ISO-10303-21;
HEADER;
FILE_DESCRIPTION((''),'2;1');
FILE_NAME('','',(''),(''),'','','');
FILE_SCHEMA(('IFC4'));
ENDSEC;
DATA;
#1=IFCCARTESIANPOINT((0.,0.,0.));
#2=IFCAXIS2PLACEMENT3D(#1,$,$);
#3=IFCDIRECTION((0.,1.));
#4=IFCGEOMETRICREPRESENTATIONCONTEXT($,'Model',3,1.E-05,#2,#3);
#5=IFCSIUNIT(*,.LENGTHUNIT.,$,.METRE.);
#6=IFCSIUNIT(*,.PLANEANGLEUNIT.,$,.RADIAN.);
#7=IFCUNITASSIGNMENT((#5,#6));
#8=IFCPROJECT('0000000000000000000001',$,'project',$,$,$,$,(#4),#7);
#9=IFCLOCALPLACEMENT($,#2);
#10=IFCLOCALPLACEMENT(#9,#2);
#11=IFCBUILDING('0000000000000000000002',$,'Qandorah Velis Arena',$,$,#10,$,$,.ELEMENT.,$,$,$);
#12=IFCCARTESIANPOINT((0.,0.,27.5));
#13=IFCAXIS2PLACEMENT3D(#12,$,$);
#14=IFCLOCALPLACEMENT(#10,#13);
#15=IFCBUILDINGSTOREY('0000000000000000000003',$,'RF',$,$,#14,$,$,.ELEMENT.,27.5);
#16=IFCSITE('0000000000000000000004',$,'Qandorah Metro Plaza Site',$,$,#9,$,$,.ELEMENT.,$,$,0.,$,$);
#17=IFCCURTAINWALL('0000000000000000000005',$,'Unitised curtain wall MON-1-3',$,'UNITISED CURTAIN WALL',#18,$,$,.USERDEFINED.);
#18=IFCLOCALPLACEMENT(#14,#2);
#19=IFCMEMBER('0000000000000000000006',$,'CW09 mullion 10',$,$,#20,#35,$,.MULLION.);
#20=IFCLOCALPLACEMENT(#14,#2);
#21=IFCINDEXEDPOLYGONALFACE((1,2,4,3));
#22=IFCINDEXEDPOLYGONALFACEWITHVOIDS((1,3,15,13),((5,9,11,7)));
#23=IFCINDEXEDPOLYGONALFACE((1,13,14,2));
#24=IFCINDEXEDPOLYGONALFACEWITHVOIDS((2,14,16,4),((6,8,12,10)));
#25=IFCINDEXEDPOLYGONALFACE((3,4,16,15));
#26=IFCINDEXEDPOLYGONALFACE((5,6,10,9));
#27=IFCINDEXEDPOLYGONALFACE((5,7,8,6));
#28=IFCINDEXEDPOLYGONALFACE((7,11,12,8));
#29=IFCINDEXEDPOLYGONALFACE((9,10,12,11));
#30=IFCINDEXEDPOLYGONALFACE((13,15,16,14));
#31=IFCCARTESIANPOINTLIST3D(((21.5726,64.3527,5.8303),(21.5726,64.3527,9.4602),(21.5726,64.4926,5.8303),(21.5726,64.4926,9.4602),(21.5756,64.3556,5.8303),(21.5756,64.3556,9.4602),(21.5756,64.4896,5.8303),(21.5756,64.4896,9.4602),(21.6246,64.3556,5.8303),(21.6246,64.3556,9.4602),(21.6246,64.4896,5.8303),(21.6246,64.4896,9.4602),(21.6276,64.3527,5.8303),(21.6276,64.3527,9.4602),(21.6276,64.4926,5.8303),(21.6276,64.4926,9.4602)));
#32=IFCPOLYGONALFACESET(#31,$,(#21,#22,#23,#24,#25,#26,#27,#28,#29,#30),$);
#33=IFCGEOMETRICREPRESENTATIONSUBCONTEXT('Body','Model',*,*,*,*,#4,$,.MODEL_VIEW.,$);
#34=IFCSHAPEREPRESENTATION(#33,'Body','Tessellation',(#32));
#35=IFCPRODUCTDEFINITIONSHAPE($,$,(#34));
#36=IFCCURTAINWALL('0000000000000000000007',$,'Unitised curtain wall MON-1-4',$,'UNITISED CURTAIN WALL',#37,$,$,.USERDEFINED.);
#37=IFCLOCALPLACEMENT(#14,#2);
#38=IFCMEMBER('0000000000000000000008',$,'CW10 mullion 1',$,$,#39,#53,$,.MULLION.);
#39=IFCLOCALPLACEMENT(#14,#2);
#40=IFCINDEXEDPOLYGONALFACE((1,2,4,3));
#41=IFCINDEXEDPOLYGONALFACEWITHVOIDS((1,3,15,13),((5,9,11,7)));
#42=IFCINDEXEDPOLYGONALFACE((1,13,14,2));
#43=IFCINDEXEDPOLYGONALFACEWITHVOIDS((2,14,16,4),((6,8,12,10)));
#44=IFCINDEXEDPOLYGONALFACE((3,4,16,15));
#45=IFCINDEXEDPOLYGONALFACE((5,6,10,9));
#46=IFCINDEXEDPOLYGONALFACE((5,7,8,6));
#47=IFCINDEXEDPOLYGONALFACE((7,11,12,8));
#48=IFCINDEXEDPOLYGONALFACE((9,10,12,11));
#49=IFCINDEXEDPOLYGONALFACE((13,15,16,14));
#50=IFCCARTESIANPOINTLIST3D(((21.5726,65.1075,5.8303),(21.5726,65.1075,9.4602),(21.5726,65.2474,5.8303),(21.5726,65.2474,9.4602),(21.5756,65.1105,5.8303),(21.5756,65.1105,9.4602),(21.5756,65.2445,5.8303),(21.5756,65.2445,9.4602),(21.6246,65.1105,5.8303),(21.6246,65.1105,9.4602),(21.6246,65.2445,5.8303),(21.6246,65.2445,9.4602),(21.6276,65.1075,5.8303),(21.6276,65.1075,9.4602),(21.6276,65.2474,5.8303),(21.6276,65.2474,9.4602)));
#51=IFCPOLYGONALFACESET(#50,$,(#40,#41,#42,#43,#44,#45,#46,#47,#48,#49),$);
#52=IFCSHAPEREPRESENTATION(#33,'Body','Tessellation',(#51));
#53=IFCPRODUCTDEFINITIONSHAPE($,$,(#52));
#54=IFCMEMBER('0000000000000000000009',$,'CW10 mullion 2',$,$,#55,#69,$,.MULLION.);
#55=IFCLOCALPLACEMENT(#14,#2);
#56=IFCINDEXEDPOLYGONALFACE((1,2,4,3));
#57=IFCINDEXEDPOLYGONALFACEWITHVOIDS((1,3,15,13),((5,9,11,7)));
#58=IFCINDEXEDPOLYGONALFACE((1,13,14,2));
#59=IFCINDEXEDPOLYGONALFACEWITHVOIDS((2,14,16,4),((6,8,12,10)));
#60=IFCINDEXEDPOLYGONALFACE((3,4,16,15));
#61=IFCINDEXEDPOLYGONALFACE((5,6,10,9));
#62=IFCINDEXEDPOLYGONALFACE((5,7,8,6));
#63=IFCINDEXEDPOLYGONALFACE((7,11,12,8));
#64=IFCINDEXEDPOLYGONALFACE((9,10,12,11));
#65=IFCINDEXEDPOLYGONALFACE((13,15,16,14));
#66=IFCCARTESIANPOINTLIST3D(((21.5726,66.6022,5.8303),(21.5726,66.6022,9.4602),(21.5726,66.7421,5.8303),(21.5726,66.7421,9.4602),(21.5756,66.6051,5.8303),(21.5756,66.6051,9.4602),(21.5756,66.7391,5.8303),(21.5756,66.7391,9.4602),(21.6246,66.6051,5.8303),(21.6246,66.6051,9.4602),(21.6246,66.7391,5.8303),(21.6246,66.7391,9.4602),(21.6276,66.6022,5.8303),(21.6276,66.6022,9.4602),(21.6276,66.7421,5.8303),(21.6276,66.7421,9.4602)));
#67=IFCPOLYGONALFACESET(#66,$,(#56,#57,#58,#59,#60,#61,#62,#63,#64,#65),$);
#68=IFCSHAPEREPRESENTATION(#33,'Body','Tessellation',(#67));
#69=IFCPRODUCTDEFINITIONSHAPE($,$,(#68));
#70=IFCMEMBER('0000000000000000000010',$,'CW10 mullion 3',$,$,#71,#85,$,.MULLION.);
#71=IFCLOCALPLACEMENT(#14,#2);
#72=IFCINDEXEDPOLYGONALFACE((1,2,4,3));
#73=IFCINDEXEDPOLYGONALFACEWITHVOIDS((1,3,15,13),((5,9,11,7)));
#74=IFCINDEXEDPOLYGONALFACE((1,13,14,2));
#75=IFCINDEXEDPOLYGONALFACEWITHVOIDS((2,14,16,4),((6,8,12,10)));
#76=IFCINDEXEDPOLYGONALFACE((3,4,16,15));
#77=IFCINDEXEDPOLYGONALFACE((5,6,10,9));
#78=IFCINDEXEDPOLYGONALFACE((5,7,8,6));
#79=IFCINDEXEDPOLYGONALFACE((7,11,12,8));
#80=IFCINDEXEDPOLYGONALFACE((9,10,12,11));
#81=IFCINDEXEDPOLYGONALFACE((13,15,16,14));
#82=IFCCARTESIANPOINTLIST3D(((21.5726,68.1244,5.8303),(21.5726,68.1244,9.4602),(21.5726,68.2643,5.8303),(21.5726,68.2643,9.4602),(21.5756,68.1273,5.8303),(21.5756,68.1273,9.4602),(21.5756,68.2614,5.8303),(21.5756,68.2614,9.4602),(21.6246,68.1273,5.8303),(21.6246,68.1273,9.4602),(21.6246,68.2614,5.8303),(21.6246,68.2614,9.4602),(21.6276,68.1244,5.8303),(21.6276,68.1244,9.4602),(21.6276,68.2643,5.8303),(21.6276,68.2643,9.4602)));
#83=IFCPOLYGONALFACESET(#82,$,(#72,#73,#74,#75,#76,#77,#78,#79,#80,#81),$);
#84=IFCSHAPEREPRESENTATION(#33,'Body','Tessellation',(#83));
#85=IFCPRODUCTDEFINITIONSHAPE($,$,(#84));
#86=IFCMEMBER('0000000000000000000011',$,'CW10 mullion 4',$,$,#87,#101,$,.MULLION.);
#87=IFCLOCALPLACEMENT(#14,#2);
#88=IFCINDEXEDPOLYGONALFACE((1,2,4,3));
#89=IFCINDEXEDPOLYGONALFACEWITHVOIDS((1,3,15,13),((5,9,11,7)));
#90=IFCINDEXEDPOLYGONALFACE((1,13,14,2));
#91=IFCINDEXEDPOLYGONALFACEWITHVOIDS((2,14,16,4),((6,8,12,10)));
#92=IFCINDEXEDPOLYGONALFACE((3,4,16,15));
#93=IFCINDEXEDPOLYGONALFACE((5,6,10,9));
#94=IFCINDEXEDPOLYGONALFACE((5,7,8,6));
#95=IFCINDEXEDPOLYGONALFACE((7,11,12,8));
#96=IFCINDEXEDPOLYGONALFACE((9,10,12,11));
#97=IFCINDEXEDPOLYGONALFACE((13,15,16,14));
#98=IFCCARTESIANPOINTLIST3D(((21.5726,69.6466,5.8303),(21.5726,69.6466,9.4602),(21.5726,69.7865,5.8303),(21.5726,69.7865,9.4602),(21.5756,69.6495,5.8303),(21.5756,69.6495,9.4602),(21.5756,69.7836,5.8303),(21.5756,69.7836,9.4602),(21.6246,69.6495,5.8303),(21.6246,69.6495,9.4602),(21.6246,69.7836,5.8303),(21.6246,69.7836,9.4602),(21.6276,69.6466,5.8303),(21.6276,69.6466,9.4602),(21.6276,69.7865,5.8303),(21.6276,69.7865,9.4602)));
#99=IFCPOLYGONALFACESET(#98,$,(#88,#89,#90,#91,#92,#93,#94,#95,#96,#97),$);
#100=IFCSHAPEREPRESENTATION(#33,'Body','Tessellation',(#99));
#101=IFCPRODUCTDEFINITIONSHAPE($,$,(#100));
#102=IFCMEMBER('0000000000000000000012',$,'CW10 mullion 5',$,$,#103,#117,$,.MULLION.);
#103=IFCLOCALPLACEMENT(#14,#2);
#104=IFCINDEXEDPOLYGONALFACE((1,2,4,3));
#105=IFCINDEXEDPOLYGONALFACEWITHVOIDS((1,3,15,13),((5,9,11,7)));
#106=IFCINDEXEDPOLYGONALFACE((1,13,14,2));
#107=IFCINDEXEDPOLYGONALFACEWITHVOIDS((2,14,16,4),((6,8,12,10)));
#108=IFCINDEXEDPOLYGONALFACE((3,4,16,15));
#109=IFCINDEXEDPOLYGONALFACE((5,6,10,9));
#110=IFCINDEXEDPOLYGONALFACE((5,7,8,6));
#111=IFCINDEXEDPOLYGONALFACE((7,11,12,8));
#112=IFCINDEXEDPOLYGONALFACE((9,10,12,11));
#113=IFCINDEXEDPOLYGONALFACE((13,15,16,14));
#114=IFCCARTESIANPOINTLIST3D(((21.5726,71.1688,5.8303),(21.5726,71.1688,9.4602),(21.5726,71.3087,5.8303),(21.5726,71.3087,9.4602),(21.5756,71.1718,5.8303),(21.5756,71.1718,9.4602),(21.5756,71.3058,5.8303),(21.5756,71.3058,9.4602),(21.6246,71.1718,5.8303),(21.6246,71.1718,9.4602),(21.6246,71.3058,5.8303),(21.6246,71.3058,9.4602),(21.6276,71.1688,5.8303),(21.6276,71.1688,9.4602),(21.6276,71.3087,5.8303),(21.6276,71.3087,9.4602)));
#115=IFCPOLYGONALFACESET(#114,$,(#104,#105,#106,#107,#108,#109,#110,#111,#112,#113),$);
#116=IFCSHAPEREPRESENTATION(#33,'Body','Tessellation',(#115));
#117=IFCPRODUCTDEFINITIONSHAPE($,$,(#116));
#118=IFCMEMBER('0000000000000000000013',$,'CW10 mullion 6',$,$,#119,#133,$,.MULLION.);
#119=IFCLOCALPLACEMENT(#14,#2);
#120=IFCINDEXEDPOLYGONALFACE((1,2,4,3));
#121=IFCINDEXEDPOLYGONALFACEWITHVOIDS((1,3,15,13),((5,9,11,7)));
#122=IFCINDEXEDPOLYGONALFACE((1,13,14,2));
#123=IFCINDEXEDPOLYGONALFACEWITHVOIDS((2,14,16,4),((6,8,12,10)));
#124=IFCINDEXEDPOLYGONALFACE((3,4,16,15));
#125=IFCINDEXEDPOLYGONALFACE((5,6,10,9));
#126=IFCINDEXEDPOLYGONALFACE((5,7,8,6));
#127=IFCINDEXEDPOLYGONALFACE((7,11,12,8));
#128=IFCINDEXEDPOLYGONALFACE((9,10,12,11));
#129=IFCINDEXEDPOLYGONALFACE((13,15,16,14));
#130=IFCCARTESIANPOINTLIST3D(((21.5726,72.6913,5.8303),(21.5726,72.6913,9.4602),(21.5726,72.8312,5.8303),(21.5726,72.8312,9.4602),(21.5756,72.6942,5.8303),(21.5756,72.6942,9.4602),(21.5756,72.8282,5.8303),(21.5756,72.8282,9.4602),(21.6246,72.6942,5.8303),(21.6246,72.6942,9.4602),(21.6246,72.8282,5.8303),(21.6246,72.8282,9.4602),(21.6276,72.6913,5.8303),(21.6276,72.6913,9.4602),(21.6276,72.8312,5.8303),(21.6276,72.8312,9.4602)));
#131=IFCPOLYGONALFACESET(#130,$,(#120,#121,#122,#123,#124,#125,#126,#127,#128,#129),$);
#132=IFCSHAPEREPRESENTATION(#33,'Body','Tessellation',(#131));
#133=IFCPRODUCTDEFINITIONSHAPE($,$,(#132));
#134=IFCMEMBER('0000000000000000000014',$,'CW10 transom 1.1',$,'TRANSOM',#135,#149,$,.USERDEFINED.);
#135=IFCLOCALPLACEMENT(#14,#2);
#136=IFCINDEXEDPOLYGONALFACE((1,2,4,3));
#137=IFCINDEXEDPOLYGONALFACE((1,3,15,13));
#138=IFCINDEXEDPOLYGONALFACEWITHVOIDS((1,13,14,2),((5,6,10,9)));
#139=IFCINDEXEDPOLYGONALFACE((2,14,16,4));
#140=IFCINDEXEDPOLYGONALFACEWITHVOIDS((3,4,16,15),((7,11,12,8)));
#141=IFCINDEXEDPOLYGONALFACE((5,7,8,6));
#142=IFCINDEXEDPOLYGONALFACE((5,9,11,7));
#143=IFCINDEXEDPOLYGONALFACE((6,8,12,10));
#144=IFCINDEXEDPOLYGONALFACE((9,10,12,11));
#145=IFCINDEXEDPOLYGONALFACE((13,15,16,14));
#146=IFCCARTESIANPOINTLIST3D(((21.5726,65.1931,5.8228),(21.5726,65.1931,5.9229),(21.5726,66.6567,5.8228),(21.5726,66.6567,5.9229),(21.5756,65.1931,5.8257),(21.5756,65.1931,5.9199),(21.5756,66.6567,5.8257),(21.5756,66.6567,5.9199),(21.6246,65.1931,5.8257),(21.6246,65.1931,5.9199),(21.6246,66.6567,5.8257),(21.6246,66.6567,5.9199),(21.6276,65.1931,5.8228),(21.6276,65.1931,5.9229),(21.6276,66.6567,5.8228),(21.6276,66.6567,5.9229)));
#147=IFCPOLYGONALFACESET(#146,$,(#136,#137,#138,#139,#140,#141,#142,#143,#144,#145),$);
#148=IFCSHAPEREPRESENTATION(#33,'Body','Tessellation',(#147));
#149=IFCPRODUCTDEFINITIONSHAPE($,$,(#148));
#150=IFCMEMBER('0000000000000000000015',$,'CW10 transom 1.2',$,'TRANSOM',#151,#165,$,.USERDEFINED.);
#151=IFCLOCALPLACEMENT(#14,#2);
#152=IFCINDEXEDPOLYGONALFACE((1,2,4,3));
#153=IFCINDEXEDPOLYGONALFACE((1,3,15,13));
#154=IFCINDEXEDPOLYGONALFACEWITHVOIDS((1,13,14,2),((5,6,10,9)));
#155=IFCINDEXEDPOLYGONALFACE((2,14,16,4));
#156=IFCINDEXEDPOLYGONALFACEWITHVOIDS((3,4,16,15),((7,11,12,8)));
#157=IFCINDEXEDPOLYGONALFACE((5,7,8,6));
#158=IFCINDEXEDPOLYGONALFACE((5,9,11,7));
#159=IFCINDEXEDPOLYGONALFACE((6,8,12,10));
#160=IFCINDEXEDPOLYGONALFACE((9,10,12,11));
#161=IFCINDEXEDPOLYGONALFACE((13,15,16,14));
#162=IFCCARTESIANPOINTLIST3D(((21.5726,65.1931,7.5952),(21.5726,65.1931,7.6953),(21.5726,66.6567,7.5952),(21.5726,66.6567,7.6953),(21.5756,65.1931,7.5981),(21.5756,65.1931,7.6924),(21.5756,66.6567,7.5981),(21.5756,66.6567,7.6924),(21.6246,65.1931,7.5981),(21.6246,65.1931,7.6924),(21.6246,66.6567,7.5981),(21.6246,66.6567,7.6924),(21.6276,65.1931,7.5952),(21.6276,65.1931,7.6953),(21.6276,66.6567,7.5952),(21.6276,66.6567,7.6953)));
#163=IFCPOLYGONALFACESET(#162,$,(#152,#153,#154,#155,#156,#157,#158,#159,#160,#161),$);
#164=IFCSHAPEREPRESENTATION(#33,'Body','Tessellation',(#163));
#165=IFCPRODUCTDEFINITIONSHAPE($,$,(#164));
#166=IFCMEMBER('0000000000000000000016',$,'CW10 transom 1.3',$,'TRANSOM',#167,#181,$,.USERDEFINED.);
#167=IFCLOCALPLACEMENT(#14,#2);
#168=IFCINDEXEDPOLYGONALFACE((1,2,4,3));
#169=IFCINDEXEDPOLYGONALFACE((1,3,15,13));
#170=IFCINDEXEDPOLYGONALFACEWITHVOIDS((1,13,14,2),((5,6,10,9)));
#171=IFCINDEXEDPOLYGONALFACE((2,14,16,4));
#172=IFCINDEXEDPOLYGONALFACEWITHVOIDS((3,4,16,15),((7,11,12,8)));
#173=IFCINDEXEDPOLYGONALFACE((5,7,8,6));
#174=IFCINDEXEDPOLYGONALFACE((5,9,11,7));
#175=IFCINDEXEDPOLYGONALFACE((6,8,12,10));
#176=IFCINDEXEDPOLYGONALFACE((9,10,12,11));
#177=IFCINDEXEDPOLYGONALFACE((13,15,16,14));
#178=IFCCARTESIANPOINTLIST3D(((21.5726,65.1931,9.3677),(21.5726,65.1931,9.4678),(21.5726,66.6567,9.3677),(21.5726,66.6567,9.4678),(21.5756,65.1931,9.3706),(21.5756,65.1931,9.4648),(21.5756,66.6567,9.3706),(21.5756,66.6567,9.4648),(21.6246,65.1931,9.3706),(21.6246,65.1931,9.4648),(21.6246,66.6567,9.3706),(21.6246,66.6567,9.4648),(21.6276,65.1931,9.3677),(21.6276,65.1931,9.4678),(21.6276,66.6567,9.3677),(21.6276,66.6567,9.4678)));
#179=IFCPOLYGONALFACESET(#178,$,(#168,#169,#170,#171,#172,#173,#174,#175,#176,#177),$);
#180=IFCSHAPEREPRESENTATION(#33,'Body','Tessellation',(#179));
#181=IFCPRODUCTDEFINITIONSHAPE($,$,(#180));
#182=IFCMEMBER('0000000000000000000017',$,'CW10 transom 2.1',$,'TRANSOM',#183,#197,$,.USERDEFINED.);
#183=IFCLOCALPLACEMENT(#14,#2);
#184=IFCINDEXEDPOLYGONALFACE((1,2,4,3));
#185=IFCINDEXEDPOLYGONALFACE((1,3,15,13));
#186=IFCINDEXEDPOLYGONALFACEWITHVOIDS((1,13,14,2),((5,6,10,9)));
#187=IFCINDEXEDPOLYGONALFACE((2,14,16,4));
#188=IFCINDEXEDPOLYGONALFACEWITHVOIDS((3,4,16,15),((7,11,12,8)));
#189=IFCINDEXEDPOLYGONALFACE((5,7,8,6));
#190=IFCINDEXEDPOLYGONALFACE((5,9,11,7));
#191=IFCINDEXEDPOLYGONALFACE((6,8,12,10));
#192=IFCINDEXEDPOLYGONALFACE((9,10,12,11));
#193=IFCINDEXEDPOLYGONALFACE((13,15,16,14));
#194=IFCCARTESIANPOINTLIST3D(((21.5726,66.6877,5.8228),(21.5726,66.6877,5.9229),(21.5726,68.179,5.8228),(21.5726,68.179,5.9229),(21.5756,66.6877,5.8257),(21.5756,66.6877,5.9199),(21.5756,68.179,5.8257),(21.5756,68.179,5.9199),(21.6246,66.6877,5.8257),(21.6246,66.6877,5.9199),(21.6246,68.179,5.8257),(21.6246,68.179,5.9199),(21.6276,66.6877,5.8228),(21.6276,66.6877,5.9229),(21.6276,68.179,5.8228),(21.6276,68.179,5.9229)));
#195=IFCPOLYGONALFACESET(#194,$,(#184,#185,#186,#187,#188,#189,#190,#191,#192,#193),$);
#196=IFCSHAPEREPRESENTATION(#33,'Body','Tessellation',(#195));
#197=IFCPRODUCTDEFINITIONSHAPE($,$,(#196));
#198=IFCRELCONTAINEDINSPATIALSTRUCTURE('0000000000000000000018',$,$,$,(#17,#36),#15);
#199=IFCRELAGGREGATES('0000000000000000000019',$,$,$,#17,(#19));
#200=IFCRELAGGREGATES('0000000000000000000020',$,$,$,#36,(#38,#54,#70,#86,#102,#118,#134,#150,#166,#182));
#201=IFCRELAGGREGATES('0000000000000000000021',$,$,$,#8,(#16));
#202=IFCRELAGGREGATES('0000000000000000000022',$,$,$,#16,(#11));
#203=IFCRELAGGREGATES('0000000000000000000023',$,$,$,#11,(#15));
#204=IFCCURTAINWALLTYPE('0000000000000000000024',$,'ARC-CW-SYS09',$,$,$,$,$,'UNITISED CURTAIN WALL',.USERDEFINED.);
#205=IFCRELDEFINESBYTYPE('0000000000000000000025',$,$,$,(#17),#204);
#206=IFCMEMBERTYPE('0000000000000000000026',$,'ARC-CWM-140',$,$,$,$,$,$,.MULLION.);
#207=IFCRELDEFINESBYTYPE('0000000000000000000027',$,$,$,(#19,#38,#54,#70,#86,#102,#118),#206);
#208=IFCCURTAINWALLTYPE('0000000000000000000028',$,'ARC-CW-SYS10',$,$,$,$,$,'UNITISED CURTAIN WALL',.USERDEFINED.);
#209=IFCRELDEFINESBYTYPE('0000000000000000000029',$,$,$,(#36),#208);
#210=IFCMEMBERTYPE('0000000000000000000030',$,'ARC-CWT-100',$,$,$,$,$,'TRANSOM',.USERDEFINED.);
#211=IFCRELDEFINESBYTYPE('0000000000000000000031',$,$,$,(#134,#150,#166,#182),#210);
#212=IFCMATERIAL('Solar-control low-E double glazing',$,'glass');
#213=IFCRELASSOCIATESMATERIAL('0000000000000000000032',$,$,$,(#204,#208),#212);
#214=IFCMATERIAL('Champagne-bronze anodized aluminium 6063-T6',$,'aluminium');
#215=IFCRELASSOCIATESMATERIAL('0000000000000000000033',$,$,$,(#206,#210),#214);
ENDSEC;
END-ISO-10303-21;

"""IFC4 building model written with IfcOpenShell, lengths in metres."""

from ifc_helpers import new_model, si_unit, direction, frame, origin, origin_2d, place, context, subcontext, project, spatial, hollow_rectangle, extrude, material, material_profile, profile_set, type_object, element, aggregate, save


model = new_model("IFC4")

# Units and contexts
model_context = context("Model", 3, precision=1e-05, world=origin(), true_north=direction((0.0, 1.0)))
body_context = subcontext(model_context, "Body", "Model", "MODEL_VIEW")
ifc_project = project(units=[si_unit("LENGTHUNIT", "METRE"), si_unit("PLANEANGLEUNIT", "RADIAN")], contexts=[model_context])

# Site, building, storey
site_placement = place(None, origin())
site = spatial("IfcSite", under=ifc_project, at=site_placement, Name="Qandorah Metro Plaza Site", CompositionType="ELEMENT", RefElevation=0.0)
building_placement = place(site_placement, origin())
building = spatial("IfcBuilding", under=site, at=building_placement, Name="Qandorah Velis Arena", CompositionType="ELEMENT")
storey_placement = place(building_placement, frame((0.0, 0.0, 27.5)))
storey = spatial("IfcBuildingStorey", under=building, at=storey_placement, Name="RF", CompositionType="ELEMENT", Elevation=27.5)

# Curtain wall, member
ifc_material_1 = material(Name="Solar-control low-E double glazing", Category="glass")
curtain_wall_type_1 = type_object("IfcCurtainWallType", Name="ARC-CW-SYS09", ElementType="UNITISED CURTAIN WALL", PredefinedType="USERDEFINED", material=ifc_material_1)
curtain_wall_1_placement = place(storey_placement, origin())
curtain_wall_1 = element("IfcCurtainWall", 1, at=curtain_wall_1_placement, inside=storey, type_object=curtain_wall_type_1, Name="Unitised curtain wall MON-1-3", ObjectType="UNITISED CURTAIN WALL", PredefinedType="USERDEFINED")
ifc_material_2 = material(Name="Champagne-bronze anodized aluminium 6063-T6", Category="aluminium")
ifc_material_profile_1 = material_profile(ifc_material_2, hollow_rectangle(XDim=0.0549, YDim=0.1399, WallThickness=0.0029, at=origin_2d()), Name="ALU MULLION 55x140")
ifc_profile_set_1 = profile_set([ifc_material_profile_1], Name="Champagne-bronze anodized aluminium 6063-T6")
member_type_1 = type_object("IfcMemberType", Name="ARC-CWM-140", PredefinedType="MULLION", material=ifc_profile_set_1)
member_1_placement = place(storey_placement, frame((21.6001, 64.4226, 5.8303), z_axis=(0.0, 0.0, 1.0), x_axis=(-1.0, 0.0, 0.0)))
member_1 = element("IfcMember", 2, at=member_1_placement, type_object=member_type_1, Name="CW09 mullion 10", PredefinedType="MULLION", context=body_context, shape_type="SweptSolid", body=[
    extrude(hollow_rectangle(XDim=0.0549, YDim=0.1399, WallThickness=0.0029, at=origin_2d()), origin(), (0.0, 0.0, 1.0), 3.6299),
])

# Curtain wall, members
curtain_wall_type_2 = type_object("IfcCurtainWallType", Name="ARC-CW-SYS10", ElementType="UNITISED CURTAIN WALL", PredefinedType="USERDEFINED", material=ifc_material_1)
curtain_wall_2_placement = place(storey_placement, origin())
curtain_wall_2 = element("IfcCurtainWall", 3, at=curtain_wall_2_placement, inside=storey, type_object=curtain_wall_type_2, Name="Unitised curtain wall MON-1-4", ObjectType="UNITISED CURTAIN WALL", PredefinedType="USERDEFINED")
member_2_placement = place(storey_placement, frame((21.6001, 65.1775, 5.8303), z_axis=(0.0, 0.0, 1.0), x_axis=(-1.0, 0.0, 0.0)))
member_2 = element("IfcMember", 4, at=member_2_placement, type_object=member_type_1, Name="CW10 mullion 1", PredefinedType="MULLION", context=body_context, shape_type="SweptSolid", body=[
    extrude(hollow_rectangle(XDim=0.0549, YDim=0.1399, WallThickness=0.0029, at=origin_2d()), origin(), (0.0, 0.0, 1.0), 3.6299),
])
member_3_placement = place(storey_placement, frame((21.6001, 66.6721, 5.8303), z_axis=(0.0, 0.0, 1.0), x_axis=(-1.0, 0.0, 0.0)))
member_3 = element("IfcMember", 5, at=member_3_placement, type_object=member_type_1, Name="CW10 mullion 2", PredefinedType="MULLION", context=body_context, shape_type="SweptSolid", body=[
    extrude(hollow_rectangle(XDim=0.0549, YDim=0.1399, WallThickness=0.0029, at=origin_2d()), origin(), (0.0, 0.0, 1.0), 3.6299),
])
member_4_placement = place(storey_placement, frame((21.6001, 68.1943, 5.8303), z_axis=(0.0, 0.0, 1.0), x_axis=(-1.0, 0.0, 0.0)))
member_4 = element("IfcMember", 6, at=member_4_placement, type_object=member_type_1, Name="CW10 mullion 3", PredefinedType="MULLION", context=body_context, shape_type="SweptSolid", body=[
    extrude(hollow_rectangle(XDim=0.0549, YDim=0.1399, WallThickness=0.0029, at=origin_2d()), origin(), (0.0, 0.0, 1.0), 3.6299),
])
member_5_placement = place(storey_placement, frame((21.6001, 69.7166, 5.8303), z_axis=(0.0, 0.0, 1.0), x_axis=(-1.0, 0.0, 0.0)))
member_5 = element("IfcMember", 7, at=member_5_placement, type_object=member_type_1, Name="CW10 mullion 4", PredefinedType="MULLION", context=body_context, shape_type="SweptSolid", body=[
    extrude(hollow_rectangle(XDim=0.0549, YDim=0.1399, WallThickness=0.0029, at=origin_2d()), origin(), (0.0, 0.0, 1.0), 3.6299),
])
member_6_placement = place(storey_placement, frame((21.6001, 71.2388, 5.8303), z_axis=(0.0, 0.0, 1.0), x_axis=(-1.0, 0.0, 0.0)))
member_6 = element("IfcMember", 8, at=member_6_placement, type_object=member_type_1, Name="CW10 mullion 5", PredefinedType="MULLION", context=body_context, shape_type="SweptSolid", body=[
    extrude(hollow_rectangle(XDim=0.0549, YDim=0.1399, WallThickness=0.0029, at=origin_2d()), origin(), (0.0, 0.0, 1.0), 3.6299),
])
member_7_placement = place(storey_placement, frame((21.6001, 72.7612, 5.8303), z_axis=(0.0, 0.0, 1.0), x_axis=(-1.0, 0.0, 0.0)))
member_7 = element("IfcMember", 9, at=member_7_placement, type_object=member_type_1, Name="CW10 mullion 6", PredefinedType="MULLION", context=body_context, shape_type="SweptSolid", body=[
    extrude(hollow_rectangle(XDim=0.0549, YDim=0.1399, WallThickness=0.0029, at=origin_2d()), origin(), (0.0, 0.0, 1.0), 3.6299),
])
ifc_material_profile_2 = material_profile(ifc_material_2, hollow_rectangle(XDim=0.0549, YDim=0.1001, WallThickness=0.0029, at=origin_2d()), Name="ALU TRANSOM 55x100")
ifc_profile_set_2 = profile_set([ifc_material_profile_2], Name="Champagne-bronze anodized aluminium 6063-T6")
member_type_2 = type_object("IfcMemberType", Name="ARC-CWT-100", ElementType="TRANSOM", PredefinedType="USERDEFINED", material=ifc_profile_set_2)
member_8_placement = place(storey_placement, frame((21.6001, 65.1931, 5.8728), z_axis=(0.0, 1.0, 0.0), x_axis=(-1.0, 0.0, 0.0)))
member_8 = element("IfcMember", 10, at=member_8_placement, type_object=member_type_2, Name="CW10 transom 1.1", ObjectType="TRANSOM", PredefinedType="USERDEFINED", context=body_context, shape_type="SweptSolid", body=[
    extrude(hollow_rectangle(XDim=0.0549, YDim=0.1001, WallThickness=0.0029, at=origin_2d()), origin(), (0.0, 0.0, 1.0), 1.4636),
])
member_9_placement = place(storey_placement, frame((21.6001, 65.1931, 7.6453), z_axis=(0.0, 1.0, 0.0), x_axis=(-1.0, 0.0, 0.0)))
member_9 = element("IfcMember", 11, at=member_9_placement, type_object=member_type_2, Name="CW10 transom 1.2", ObjectType="TRANSOM", PredefinedType="USERDEFINED", context=body_context, shape_type="SweptSolid", body=[
    extrude(hollow_rectangle(XDim=0.0549, YDim=0.1001, WallThickness=0.0029, at=origin_2d()), origin(), (0.0, 0.0, 1.0), 1.4636),
])
member_10_placement = place(storey_placement, frame((21.6001, 65.1931, 9.4177), z_axis=(0.0, 1.0, 0.0), x_axis=(-1.0, 0.0, 0.0)))
member_10 = element("IfcMember", 12, at=member_10_placement, type_object=member_type_2, Name="CW10 transom 1.3", ObjectType="TRANSOM", PredefinedType="USERDEFINED", context=body_context, shape_type="SweptSolid", body=[
    extrude(hollow_rectangle(XDim=0.0549, YDim=0.1001, WallThickness=0.0029, at=origin_2d()), origin(), (0.0, 0.0, 1.0), 1.4636),
])
member_11_placement = place(storey_placement, frame((21.6001, 66.6877, 5.8728), z_axis=(0.0, 1.0, 0.0), x_axis=(-1.0, 0.0, 0.0)))
member_11 = element("IfcMember", 13, at=member_11_placement, type_object=member_type_2, Name="CW10 transom 2.1", ObjectType="TRANSOM", PredefinedType="USERDEFINED", context=body_context, shape_type="SweptSolid", body=[
    extrude(hollow_rectangle(XDim=0.0549, YDim=0.1001, WallThickness=0.0029, at=origin_2d()), origin(), (0.0, 0.0, 1.0), 1.4912),
])

aggregate(curtain_wall_1, [member_1])
aggregate(curtain_wall_2, [member_2, member_3, member_4, member_5, member_6, member_7, member_8, member_9, member_10, member_11])

save(model, "model.ifc")
